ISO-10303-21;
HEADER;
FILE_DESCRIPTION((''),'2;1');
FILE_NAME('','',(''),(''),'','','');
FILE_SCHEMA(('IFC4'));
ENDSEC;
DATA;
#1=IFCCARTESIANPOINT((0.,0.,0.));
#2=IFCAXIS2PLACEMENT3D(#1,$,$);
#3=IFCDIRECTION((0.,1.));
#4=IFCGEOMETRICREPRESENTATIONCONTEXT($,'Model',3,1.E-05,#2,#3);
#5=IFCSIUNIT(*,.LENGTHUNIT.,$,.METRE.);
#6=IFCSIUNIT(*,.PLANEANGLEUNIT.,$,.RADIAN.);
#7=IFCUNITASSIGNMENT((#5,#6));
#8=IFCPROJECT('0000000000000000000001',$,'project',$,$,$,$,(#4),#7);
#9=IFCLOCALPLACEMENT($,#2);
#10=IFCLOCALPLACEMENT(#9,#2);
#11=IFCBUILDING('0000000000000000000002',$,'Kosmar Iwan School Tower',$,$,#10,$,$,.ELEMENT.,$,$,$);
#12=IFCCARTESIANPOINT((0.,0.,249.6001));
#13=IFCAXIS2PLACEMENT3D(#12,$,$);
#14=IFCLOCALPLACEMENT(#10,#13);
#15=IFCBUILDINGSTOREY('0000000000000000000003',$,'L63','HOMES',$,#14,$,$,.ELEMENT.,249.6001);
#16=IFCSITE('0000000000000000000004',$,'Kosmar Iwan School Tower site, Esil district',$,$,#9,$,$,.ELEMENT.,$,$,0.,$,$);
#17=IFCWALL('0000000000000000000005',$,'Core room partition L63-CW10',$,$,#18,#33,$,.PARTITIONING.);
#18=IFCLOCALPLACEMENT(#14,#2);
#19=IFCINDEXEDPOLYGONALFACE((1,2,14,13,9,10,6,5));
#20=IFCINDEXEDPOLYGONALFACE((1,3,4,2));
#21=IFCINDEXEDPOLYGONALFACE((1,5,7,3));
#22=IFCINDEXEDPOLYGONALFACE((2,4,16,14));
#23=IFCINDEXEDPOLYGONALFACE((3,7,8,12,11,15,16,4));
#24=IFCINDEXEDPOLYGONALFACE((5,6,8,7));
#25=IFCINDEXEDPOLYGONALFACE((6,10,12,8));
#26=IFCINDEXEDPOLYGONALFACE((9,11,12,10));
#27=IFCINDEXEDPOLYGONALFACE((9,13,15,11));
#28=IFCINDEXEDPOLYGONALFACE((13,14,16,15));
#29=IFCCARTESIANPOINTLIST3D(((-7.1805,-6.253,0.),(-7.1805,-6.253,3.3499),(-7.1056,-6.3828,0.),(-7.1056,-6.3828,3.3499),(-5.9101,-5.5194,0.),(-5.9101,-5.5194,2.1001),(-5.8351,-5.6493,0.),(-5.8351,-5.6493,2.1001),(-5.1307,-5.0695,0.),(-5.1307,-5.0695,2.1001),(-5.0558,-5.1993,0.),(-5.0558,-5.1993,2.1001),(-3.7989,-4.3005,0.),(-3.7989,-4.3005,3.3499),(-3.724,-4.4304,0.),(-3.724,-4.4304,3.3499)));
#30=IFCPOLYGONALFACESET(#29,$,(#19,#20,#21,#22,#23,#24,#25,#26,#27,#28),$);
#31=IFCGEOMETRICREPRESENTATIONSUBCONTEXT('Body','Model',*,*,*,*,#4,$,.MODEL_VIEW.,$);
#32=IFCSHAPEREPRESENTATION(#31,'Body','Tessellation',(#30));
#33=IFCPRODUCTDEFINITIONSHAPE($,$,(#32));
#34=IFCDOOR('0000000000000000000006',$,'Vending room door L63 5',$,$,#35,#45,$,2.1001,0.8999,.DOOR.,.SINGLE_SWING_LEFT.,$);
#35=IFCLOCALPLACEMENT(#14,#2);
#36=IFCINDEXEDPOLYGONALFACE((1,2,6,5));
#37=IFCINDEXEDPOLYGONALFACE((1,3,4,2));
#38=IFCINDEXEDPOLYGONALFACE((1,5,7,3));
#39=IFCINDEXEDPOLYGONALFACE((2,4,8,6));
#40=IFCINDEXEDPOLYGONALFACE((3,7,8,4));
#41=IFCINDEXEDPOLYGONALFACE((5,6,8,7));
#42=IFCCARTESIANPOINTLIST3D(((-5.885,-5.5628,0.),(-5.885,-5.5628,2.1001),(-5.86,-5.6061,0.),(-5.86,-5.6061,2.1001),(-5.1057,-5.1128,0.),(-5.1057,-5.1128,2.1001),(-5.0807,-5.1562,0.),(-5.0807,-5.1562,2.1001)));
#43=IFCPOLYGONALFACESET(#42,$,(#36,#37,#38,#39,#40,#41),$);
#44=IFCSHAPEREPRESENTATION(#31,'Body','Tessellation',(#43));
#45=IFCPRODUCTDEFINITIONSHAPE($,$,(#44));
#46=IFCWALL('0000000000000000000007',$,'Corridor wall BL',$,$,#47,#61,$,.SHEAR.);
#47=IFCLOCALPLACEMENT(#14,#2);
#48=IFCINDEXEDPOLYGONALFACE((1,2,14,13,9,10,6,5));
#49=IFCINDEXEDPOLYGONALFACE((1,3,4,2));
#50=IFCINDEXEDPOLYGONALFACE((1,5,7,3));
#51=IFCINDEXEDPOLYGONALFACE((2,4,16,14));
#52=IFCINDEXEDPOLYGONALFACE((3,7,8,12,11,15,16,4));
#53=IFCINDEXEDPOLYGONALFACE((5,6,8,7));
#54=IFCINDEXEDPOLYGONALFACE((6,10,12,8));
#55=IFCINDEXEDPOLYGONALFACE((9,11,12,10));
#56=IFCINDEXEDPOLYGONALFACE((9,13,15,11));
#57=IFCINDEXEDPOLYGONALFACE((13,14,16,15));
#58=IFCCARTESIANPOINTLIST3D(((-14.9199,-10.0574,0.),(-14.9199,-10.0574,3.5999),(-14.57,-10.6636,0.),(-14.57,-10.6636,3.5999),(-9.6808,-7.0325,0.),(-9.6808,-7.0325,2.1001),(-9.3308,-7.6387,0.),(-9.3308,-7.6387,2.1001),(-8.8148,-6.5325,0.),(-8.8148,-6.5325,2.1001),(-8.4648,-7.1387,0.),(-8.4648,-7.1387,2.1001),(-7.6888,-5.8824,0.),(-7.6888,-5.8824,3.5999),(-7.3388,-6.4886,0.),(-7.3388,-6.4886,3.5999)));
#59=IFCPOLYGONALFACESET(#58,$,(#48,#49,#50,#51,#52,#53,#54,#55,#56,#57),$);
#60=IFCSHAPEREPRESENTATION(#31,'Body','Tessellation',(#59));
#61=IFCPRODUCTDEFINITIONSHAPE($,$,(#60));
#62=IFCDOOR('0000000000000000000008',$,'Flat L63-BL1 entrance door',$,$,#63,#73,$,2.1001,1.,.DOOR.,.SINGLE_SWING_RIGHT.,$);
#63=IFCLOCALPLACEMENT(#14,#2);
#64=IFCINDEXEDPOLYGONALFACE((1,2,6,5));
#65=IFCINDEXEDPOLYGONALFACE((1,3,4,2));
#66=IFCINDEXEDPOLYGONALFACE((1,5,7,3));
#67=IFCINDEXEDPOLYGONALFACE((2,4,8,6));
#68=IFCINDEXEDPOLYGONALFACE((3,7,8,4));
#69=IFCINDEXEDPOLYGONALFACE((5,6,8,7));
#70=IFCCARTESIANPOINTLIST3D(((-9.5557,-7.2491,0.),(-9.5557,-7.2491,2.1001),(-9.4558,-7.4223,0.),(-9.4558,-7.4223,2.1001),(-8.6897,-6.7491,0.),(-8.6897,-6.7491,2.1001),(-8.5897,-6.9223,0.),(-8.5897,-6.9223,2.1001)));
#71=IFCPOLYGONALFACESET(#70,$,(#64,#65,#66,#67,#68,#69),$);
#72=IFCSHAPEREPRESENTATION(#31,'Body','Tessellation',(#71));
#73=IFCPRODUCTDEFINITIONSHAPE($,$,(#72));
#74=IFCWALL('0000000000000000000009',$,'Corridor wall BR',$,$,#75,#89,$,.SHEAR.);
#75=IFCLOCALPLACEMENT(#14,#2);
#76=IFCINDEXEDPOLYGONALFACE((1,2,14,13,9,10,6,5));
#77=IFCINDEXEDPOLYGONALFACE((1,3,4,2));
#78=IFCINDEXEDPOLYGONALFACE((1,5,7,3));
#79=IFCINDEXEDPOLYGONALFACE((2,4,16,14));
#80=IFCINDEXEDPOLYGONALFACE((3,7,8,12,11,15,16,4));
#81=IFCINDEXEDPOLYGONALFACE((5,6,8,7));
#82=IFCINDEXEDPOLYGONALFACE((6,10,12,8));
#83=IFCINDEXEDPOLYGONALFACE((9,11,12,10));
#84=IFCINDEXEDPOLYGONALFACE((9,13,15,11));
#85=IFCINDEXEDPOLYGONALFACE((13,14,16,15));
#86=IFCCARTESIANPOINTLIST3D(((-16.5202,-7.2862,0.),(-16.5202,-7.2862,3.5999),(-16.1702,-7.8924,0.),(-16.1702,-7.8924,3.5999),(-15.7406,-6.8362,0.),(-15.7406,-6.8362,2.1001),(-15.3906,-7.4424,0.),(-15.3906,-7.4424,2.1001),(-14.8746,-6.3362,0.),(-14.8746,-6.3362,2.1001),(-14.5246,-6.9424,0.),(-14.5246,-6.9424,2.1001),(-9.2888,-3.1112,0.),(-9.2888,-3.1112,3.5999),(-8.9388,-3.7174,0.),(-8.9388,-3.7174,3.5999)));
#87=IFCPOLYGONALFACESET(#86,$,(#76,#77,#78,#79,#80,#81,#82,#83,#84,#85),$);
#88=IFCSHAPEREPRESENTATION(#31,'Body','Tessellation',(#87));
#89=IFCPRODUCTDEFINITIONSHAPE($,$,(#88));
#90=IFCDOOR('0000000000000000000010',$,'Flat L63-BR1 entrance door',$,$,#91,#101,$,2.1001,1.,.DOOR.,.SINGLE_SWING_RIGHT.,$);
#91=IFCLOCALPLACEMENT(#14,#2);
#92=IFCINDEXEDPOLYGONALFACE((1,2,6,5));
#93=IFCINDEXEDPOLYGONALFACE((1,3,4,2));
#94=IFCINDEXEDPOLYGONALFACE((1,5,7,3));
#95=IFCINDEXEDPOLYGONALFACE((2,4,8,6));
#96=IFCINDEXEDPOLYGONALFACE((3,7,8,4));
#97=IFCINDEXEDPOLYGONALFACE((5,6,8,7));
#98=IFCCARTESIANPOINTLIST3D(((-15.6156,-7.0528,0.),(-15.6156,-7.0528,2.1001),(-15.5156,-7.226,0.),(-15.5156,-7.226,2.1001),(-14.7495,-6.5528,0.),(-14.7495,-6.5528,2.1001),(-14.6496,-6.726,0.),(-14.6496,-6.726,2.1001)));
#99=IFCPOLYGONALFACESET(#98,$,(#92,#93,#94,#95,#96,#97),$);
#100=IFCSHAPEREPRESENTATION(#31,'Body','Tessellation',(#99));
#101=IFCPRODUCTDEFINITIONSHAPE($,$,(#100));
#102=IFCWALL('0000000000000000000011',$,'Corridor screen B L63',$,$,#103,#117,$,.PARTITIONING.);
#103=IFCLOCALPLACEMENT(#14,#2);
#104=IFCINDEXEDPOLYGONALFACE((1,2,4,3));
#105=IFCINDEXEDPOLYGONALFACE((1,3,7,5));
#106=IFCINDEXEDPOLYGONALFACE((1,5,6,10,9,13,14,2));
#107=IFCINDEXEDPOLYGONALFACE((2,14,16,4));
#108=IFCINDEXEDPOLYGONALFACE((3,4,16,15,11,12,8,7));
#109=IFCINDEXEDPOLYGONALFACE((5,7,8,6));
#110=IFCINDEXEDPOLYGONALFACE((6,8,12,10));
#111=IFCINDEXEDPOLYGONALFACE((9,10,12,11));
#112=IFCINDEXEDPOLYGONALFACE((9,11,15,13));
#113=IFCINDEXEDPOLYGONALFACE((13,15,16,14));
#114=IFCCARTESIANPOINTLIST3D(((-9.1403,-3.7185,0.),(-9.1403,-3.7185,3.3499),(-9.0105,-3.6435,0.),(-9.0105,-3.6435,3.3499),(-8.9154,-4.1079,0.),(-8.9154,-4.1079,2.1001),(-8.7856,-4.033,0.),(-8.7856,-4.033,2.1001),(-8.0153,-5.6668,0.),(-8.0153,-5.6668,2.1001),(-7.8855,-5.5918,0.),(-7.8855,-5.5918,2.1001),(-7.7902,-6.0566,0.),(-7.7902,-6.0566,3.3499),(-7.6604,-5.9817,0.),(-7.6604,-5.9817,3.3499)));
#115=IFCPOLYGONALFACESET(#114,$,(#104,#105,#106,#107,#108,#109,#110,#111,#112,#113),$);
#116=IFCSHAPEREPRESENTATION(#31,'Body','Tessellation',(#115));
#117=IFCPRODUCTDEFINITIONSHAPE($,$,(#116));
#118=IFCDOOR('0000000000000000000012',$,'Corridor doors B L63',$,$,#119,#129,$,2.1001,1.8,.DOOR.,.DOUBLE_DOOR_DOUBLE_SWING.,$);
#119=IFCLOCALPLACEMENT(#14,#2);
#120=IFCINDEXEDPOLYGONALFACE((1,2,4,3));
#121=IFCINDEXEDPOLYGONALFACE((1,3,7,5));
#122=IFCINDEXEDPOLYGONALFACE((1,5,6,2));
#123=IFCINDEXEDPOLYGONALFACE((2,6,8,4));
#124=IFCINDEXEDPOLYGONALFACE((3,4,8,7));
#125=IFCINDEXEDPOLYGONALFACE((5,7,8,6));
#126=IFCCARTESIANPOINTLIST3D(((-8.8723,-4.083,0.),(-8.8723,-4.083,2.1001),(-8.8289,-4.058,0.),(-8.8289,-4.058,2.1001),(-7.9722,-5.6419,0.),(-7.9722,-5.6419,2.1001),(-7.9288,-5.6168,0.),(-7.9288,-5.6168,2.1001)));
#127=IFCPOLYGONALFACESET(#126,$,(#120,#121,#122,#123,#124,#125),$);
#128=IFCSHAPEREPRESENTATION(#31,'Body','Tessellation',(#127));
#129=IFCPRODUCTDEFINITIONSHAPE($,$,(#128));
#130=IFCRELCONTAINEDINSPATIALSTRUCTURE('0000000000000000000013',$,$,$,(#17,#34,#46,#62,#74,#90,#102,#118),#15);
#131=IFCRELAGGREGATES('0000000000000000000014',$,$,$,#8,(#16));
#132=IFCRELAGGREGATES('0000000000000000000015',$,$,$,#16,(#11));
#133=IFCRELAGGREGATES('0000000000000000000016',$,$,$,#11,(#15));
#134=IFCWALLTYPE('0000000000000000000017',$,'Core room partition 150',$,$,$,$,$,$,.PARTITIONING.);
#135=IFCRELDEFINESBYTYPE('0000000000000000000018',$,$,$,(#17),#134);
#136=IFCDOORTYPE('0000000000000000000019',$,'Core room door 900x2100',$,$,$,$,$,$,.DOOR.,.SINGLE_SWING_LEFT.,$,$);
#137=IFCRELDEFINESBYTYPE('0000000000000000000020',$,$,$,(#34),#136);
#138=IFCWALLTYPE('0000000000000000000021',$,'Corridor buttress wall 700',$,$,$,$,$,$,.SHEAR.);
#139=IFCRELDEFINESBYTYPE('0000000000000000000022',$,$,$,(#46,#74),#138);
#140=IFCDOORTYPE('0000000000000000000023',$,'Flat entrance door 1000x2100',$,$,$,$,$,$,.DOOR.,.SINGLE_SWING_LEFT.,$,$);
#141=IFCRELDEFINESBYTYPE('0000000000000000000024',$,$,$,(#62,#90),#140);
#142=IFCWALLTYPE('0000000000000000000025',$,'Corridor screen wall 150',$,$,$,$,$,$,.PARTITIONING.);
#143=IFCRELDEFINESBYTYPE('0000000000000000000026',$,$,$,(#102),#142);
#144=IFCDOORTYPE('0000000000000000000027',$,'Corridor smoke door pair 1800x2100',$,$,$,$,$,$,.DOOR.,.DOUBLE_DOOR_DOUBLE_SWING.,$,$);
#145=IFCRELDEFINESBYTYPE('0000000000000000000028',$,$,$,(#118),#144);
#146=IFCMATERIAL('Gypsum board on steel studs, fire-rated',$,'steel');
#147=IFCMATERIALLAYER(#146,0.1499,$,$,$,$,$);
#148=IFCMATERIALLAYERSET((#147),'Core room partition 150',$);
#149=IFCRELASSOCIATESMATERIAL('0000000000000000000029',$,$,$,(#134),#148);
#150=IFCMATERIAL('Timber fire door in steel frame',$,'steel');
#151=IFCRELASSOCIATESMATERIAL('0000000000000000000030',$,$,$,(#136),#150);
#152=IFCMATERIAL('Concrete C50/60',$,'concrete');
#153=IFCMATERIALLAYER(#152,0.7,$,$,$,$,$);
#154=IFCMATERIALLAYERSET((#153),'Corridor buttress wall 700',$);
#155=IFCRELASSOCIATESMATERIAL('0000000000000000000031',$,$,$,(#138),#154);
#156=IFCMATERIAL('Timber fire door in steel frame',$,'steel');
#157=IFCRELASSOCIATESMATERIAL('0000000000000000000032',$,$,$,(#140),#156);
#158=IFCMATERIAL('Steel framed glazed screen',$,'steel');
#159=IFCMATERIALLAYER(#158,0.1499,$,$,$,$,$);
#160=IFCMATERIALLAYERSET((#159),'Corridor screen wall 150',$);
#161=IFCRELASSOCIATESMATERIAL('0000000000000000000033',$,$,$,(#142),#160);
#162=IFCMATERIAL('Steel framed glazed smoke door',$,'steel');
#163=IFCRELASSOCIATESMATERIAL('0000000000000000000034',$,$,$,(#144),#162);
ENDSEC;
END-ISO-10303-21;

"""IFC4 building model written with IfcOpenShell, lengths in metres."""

from ifc_helpers import new_model, si_unit, direction, frame, frame_2d, origin, place, context, subcontext, project, spatial, rectangle, extrude, material, layer, layer_set, type_object, element, fill, save


model = new_model("IFC4")

# Units and contexts
model_context = context("Model", 3, precision=1e-05, world=origin(), true_north=direction((0.0, 1.0)))
body_context = subcontext(model_context, "Body", "Model", "MODEL_VIEW")
ifc_project = project(units=[si_unit("LENGTHUNIT", "METRE"), si_unit("PLANEANGLEUNIT", "RADIAN")], contexts=[model_context])

# Site, building, storey
site_placement = place(None, origin())
site = spatial("IfcSite", under=ifc_project, at=site_placement, Name="Kosmar Iwan School Tower site, Esil district", CompositionType="ELEMENT", RefElevation=0.0)
building_placement = place(site_placement, origin())
building = spatial("IfcBuilding", under=site, at=building_placement, Name="Kosmar Iwan School Tower", CompositionType="ELEMENT")
storey_placement = place(building_placement, frame((0.0, 0.0, 249.6001)))
storey = spatial("IfcBuildingStorey", under=building, at=storey_placement, Name="L63", Description="HOMES", CompositionType="ELEMENT", Elevation=249.6001)

# Walls, openings, doors
ifc_material_1 = material(Name="Gypsum board on steel studs, fire-rated", Category="steel")
ifc_layer_1 = layer(ifc_material_1, 0.1499)
ifc_layer_set_1 = layer_set([ifc_layer_1], Name="Core room partition 150")
wall_type_1 = type_object("IfcWallType", Name="Core room partition 150", PredefinedType="PARTITIONING", material=ifc_layer_set_1)
wall_1_placement = place(storey_placement, frame((-7.1431, -6.3179, 0.0), z_axis=(0.0, 0.0, 1.0), x_axis=(0.866022, 0.500006, 0.0)))
wall_1 = element("IfcWall", 1, at=wall_1_placement, inside=storey, type_object=wall_type_1, Name="Core room partition L63-CW10", PredefinedType="PARTITIONING", context=body_context, shape_type="SweptSolid", body=[
    extrude(rectangle(XDim=3.9048, YDim=0.1499, at=frame_2d((1.9524, 0.0))), origin(), (0.0, 0.0, 1.0), 3.3499),
])
opening_1_placement = place(wall_1_placement, frame((1.467, 0.0, 0.0)))
opening_1 = element("IfcOpeningElement", 2, at=opening_1_placement, cuts=wall_1, PredefinedType="OPENING", context=body_context, shape_type="SweptSolid", body=[
    extrude(rectangle(XDim=0.8999, YDim=2.1001, at=frame_2d((0.45, 1.05))), frame((0.0, 0.0869, 0.0), z_axis=(0.0, -1.0, 0.0), x_axis=(1.0, 0.0, 0.0)), (0.0, 0.0, 1.0), 0.1738),
])
ifc_material_2 = material(Name="Timber fire door in steel frame", Category="steel")
door_type_1 = type_object("IfcDoorType", Name="Core room door 900x2100", OperationType="SINGLE_SWING_LEFT", PredefinedType="DOOR", material=ifc_material_2)
door_1_placement = place(opening_1_placement, origin())
door_1 = element("IfcDoor", 3, at=door_1_placement, inside=storey, type_object=door_type_1, Name="Vending room door L63 5", OperationType="SINGLE_SWING_LEFT", OverallHeight=2.1001, OverallWidth=0.8999, PredefinedType="DOOR", context=body_context, shape_type="SweptSolid", body=[
    extrude(rectangle(XDim=0.8999, YDim=2.1001, at=frame_2d((0.45, 1.05))), frame((0.0, 0.0249, 0.0), z_axis=(0.0, -1.0, 0.0), x_axis=(1.0, 0.0, 0.0)), (0.0, 0.0, 1.0), 0.05),
])
fill(opening_1, door_1)
ifc_material_3 = material(Name="Concrete C50/60", Category="concrete")
ifc_layer_2 = layer(ifc_material_3, 0.7)
ifc_layer_set_2 = layer_set([ifc_layer_2], Name="Corridor buttress wall 700")
wall_type_2 = type_object("IfcWallType", Name="Corridor buttress wall 700", PredefinedType="SHEAR", material=ifc_layer_set_2)
wall_2_placement = place(storey_placement, frame((-7.5139, -6.1855, 0.0), z_axis=(0.0, 0.0, 1.0), x_axis=(-0.86602, -0.50001, 0.0)))
wall_2 = element("IfcWall", 4, at=wall_2_placement, inside=storey, type_object=wall_type_2, Name="Corridor wall BL", PredefinedType="SHEAR", context=body_context, shape_type="SweptSolid", body=[
    extrude(rectangle(XDim=8.3499, YDim=0.7, at=frame_2d((4.1748, 0.0))), origin(), (0.0, 0.0, 1.0), 3.5999),
])
opening_2_placement = place(wall_2_placement, frame((1.3, 0.0, 0.0)))
opening_2 = element("IfcOpeningElement", 5, at=opening_2_placement, cuts=wall_2, PredefinedType="OPENING", context=body_context, shape_type="SweptSolid", body=[
    extrude(rectangle(XDim=1.0, YDim=2.1001, at=frame_2d((0.5, 1.05))), frame((0.0, 0.3621, 0.0), z_axis=(0.0, -1.0, 0.0), x_axis=(1.0, 0.0, 0.0)), (0.0, 0.0, 1.0), 0.7239),
])
ifc_material_4 = material(Name="Timber fire door in steel frame", Category="steel")
door_type_2 = type_object("IfcDoorType", Name="Flat entrance door 1000x2100", OperationType="SINGLE_SWING_LEFT", PredefinedType="DOOR", material=ifc_material_4)
door_2_placement = place(opening_2_placement, origin())
door_2 = element("IfcDoor", 6, at=door_2_placement, inside=storey, type_object=door_type_2, Name="Flat L63-BL1 entrance door", OperationType="SINGLE_SWING_RIGHT", OverallHeight=2.1001, OverallWidth=1.0, PredefinedType="DOOR", context=body_context, shape_type="SweptSolid", body=[
    extrude(rectangle(XDim=1.0, YDim=2.1001, at=frame_2d((0.5, 1.05))), frame((0.0, 0.1001, 0.0), z_axis=(0.0, -1.0, 0.0), x_axis=(1.0, 0.0, 0.0)), (0.0, 0.0, 1.0), 0.2),
])
fill(opening_2, door_2)
wall_3_placement = place(storey_placement, frame((-9.1138, -3.4143, 0.0), z_axis=(0.0, 0.0, 1.0), x_axis=(-0.866027, -0.499997, 0.0)))
wall_3 = element("IfcWall", 7, at=wall_3_placement, inside=storey, type_object=wall_type_2, Name="Corridor wall BR", PredefinedType="SHEAR", context=body_context, shape_type="SweptSolid", body=[
    extrude(rectangle(XDim=8.3501, YDim=0.7, at=frame_2d((4.175, 0.0))), origin(), (0.0, 0.0, 1.0), 3.5999),
])
opening_3_placement = place(wall_3_placement, frame((6.45, 0.0, 0.0)))
opening_3 = element("IfcOpeningElement", 8, at=opening_3_placement, cuts=wall_3, PredefinedType="OPENING", context=body_context, shape_type="SweptSolid", body=[
    extrude(rectangle(XDim=1.0, YDim=2.1001, at=frame_2d((0.5, 1.05))), frame((0.0, 0.3621, 0.0), z_axis=(0.0, -1.0, 0.0), x_axis=(1.0, 0.0, 0.0)), (0.0, 0.0, 1.0), 0.7239),
])
door_3_placement = place(opening_3_placement, origin())
door_3 = element("IfcDoor", 9, at=door_3_placement, inside=storey, type_object=door_type_2, Name="Flat L63-BR1 entrance door", OperationType="SINGLE_SWING_RIGHT", OverallHeight=2.1001, OverallWidth=1.0, PredefinedType="DOOR", context=body_context, shape_type="SweptSolid", body=[
    extrude(rectangle(XDim=1.0, YDim=2.1001, at=frame_2d((0.5, 1.05))), frame((0.0, 0.1001, 0.0), z_axis=(0.0, -1.0, 0.0), x_axis=(1.0, 0.0, 0.0)), (0.0, 0.0, 1.0), 0.2),
])
fill(opening_3, door_3)
ifc_material_5 = material(Name="Steel framed glazed screen", Category="steel")
ifc_layer_3 = layer(ifc_material_5, 0.1499)
ifc_layer_set_3 = layer_set([ifc_layer_3], Name="Corridor screen wall 150")
wall_type_3 = type_object("IfcWallType", Name="Corridor screen wall 150", PredefinedType="PARTITIONING", material=ifc_layer_set_3)
wall_4_placement = place(storey_placement, frame((-9.0754, -3.6809, 0.0), z_axis=(0.0, 0.0, 1.0), x_axis=(0.500049, -0.865997, 0.0)))
wall_4 = element("IfcWall", 10, at=wall_4_placement, inside=storey, type_object=wall_type_3, Name="Corridor screen B L63", PredefinedType="PARTITIONING", context=body_context, shape_type="SweptSolid", body=[
    extrude(rectangle(XDim=2.7, YDim=0.1499, at=frame_2d((1.3501, 0.0))), origin(), (0.0, 0.0, 1.0), 3.3499),
])
opening_4_placement = place(wall_4_placement, frame((0.45, 0.0, 0.0)))
opening_4 = element("IfcOpeningElement", 11, at=opening_4_placement, cuts=wall_4, PredefinedType="OPENING", context=body_context, shape_type="SweptSolid", body=[
    extrude(rectangle(XDim=1.8, YDim=2.1001, at=frame_2d((0.8999, 1.05))), frame((0.0, 0.0869, 0.0), z_axis=(0.0, -1.0, 0.0), x_axis=(1.0, 0.0, 0.0)), (0.0, 0.0, 1.0), 0.1738),
])
ifc_material_6 = material(Name="Steel framed glazed smoke door", Category="steel")
door_type_3 = type_object("IfcDoorType", Name="Corridor smoke door pair 1800x2100", OperationType="DOUBLE_DOOR_DOUBLE_SWING", PredefinedType="DOOR", material=ifc_material_6)
door_4_placement = place(opening_4_placement, origin())
door_4 = element("IfcDoor", 12, at=door_4_placement, inside=storey, type_object=door_type_3, Name="Corridor doors B L63", OperationType="DOUBLE_DOOR_DOUBLE_SWING", OverallHeight=2.1001, OverallWidth=1.8, PredefinedType="DOOR", context=body_context, shape_type="SweptSolid", body=[
    extrude(rectangle(XDim=1.8, YDim=2.1001, at=frame_2d((0.8999, 1.05))), frame((0.0, 0.0249, 0.0), z_axis=(0.0, -1.0, 0.0), x_axis=(1.0, 0.0, 0.0)), (0.0, 0.0, 1.0), 0.05),
])
fill(opening_4, door_4)

save(model, "model.ifc")
